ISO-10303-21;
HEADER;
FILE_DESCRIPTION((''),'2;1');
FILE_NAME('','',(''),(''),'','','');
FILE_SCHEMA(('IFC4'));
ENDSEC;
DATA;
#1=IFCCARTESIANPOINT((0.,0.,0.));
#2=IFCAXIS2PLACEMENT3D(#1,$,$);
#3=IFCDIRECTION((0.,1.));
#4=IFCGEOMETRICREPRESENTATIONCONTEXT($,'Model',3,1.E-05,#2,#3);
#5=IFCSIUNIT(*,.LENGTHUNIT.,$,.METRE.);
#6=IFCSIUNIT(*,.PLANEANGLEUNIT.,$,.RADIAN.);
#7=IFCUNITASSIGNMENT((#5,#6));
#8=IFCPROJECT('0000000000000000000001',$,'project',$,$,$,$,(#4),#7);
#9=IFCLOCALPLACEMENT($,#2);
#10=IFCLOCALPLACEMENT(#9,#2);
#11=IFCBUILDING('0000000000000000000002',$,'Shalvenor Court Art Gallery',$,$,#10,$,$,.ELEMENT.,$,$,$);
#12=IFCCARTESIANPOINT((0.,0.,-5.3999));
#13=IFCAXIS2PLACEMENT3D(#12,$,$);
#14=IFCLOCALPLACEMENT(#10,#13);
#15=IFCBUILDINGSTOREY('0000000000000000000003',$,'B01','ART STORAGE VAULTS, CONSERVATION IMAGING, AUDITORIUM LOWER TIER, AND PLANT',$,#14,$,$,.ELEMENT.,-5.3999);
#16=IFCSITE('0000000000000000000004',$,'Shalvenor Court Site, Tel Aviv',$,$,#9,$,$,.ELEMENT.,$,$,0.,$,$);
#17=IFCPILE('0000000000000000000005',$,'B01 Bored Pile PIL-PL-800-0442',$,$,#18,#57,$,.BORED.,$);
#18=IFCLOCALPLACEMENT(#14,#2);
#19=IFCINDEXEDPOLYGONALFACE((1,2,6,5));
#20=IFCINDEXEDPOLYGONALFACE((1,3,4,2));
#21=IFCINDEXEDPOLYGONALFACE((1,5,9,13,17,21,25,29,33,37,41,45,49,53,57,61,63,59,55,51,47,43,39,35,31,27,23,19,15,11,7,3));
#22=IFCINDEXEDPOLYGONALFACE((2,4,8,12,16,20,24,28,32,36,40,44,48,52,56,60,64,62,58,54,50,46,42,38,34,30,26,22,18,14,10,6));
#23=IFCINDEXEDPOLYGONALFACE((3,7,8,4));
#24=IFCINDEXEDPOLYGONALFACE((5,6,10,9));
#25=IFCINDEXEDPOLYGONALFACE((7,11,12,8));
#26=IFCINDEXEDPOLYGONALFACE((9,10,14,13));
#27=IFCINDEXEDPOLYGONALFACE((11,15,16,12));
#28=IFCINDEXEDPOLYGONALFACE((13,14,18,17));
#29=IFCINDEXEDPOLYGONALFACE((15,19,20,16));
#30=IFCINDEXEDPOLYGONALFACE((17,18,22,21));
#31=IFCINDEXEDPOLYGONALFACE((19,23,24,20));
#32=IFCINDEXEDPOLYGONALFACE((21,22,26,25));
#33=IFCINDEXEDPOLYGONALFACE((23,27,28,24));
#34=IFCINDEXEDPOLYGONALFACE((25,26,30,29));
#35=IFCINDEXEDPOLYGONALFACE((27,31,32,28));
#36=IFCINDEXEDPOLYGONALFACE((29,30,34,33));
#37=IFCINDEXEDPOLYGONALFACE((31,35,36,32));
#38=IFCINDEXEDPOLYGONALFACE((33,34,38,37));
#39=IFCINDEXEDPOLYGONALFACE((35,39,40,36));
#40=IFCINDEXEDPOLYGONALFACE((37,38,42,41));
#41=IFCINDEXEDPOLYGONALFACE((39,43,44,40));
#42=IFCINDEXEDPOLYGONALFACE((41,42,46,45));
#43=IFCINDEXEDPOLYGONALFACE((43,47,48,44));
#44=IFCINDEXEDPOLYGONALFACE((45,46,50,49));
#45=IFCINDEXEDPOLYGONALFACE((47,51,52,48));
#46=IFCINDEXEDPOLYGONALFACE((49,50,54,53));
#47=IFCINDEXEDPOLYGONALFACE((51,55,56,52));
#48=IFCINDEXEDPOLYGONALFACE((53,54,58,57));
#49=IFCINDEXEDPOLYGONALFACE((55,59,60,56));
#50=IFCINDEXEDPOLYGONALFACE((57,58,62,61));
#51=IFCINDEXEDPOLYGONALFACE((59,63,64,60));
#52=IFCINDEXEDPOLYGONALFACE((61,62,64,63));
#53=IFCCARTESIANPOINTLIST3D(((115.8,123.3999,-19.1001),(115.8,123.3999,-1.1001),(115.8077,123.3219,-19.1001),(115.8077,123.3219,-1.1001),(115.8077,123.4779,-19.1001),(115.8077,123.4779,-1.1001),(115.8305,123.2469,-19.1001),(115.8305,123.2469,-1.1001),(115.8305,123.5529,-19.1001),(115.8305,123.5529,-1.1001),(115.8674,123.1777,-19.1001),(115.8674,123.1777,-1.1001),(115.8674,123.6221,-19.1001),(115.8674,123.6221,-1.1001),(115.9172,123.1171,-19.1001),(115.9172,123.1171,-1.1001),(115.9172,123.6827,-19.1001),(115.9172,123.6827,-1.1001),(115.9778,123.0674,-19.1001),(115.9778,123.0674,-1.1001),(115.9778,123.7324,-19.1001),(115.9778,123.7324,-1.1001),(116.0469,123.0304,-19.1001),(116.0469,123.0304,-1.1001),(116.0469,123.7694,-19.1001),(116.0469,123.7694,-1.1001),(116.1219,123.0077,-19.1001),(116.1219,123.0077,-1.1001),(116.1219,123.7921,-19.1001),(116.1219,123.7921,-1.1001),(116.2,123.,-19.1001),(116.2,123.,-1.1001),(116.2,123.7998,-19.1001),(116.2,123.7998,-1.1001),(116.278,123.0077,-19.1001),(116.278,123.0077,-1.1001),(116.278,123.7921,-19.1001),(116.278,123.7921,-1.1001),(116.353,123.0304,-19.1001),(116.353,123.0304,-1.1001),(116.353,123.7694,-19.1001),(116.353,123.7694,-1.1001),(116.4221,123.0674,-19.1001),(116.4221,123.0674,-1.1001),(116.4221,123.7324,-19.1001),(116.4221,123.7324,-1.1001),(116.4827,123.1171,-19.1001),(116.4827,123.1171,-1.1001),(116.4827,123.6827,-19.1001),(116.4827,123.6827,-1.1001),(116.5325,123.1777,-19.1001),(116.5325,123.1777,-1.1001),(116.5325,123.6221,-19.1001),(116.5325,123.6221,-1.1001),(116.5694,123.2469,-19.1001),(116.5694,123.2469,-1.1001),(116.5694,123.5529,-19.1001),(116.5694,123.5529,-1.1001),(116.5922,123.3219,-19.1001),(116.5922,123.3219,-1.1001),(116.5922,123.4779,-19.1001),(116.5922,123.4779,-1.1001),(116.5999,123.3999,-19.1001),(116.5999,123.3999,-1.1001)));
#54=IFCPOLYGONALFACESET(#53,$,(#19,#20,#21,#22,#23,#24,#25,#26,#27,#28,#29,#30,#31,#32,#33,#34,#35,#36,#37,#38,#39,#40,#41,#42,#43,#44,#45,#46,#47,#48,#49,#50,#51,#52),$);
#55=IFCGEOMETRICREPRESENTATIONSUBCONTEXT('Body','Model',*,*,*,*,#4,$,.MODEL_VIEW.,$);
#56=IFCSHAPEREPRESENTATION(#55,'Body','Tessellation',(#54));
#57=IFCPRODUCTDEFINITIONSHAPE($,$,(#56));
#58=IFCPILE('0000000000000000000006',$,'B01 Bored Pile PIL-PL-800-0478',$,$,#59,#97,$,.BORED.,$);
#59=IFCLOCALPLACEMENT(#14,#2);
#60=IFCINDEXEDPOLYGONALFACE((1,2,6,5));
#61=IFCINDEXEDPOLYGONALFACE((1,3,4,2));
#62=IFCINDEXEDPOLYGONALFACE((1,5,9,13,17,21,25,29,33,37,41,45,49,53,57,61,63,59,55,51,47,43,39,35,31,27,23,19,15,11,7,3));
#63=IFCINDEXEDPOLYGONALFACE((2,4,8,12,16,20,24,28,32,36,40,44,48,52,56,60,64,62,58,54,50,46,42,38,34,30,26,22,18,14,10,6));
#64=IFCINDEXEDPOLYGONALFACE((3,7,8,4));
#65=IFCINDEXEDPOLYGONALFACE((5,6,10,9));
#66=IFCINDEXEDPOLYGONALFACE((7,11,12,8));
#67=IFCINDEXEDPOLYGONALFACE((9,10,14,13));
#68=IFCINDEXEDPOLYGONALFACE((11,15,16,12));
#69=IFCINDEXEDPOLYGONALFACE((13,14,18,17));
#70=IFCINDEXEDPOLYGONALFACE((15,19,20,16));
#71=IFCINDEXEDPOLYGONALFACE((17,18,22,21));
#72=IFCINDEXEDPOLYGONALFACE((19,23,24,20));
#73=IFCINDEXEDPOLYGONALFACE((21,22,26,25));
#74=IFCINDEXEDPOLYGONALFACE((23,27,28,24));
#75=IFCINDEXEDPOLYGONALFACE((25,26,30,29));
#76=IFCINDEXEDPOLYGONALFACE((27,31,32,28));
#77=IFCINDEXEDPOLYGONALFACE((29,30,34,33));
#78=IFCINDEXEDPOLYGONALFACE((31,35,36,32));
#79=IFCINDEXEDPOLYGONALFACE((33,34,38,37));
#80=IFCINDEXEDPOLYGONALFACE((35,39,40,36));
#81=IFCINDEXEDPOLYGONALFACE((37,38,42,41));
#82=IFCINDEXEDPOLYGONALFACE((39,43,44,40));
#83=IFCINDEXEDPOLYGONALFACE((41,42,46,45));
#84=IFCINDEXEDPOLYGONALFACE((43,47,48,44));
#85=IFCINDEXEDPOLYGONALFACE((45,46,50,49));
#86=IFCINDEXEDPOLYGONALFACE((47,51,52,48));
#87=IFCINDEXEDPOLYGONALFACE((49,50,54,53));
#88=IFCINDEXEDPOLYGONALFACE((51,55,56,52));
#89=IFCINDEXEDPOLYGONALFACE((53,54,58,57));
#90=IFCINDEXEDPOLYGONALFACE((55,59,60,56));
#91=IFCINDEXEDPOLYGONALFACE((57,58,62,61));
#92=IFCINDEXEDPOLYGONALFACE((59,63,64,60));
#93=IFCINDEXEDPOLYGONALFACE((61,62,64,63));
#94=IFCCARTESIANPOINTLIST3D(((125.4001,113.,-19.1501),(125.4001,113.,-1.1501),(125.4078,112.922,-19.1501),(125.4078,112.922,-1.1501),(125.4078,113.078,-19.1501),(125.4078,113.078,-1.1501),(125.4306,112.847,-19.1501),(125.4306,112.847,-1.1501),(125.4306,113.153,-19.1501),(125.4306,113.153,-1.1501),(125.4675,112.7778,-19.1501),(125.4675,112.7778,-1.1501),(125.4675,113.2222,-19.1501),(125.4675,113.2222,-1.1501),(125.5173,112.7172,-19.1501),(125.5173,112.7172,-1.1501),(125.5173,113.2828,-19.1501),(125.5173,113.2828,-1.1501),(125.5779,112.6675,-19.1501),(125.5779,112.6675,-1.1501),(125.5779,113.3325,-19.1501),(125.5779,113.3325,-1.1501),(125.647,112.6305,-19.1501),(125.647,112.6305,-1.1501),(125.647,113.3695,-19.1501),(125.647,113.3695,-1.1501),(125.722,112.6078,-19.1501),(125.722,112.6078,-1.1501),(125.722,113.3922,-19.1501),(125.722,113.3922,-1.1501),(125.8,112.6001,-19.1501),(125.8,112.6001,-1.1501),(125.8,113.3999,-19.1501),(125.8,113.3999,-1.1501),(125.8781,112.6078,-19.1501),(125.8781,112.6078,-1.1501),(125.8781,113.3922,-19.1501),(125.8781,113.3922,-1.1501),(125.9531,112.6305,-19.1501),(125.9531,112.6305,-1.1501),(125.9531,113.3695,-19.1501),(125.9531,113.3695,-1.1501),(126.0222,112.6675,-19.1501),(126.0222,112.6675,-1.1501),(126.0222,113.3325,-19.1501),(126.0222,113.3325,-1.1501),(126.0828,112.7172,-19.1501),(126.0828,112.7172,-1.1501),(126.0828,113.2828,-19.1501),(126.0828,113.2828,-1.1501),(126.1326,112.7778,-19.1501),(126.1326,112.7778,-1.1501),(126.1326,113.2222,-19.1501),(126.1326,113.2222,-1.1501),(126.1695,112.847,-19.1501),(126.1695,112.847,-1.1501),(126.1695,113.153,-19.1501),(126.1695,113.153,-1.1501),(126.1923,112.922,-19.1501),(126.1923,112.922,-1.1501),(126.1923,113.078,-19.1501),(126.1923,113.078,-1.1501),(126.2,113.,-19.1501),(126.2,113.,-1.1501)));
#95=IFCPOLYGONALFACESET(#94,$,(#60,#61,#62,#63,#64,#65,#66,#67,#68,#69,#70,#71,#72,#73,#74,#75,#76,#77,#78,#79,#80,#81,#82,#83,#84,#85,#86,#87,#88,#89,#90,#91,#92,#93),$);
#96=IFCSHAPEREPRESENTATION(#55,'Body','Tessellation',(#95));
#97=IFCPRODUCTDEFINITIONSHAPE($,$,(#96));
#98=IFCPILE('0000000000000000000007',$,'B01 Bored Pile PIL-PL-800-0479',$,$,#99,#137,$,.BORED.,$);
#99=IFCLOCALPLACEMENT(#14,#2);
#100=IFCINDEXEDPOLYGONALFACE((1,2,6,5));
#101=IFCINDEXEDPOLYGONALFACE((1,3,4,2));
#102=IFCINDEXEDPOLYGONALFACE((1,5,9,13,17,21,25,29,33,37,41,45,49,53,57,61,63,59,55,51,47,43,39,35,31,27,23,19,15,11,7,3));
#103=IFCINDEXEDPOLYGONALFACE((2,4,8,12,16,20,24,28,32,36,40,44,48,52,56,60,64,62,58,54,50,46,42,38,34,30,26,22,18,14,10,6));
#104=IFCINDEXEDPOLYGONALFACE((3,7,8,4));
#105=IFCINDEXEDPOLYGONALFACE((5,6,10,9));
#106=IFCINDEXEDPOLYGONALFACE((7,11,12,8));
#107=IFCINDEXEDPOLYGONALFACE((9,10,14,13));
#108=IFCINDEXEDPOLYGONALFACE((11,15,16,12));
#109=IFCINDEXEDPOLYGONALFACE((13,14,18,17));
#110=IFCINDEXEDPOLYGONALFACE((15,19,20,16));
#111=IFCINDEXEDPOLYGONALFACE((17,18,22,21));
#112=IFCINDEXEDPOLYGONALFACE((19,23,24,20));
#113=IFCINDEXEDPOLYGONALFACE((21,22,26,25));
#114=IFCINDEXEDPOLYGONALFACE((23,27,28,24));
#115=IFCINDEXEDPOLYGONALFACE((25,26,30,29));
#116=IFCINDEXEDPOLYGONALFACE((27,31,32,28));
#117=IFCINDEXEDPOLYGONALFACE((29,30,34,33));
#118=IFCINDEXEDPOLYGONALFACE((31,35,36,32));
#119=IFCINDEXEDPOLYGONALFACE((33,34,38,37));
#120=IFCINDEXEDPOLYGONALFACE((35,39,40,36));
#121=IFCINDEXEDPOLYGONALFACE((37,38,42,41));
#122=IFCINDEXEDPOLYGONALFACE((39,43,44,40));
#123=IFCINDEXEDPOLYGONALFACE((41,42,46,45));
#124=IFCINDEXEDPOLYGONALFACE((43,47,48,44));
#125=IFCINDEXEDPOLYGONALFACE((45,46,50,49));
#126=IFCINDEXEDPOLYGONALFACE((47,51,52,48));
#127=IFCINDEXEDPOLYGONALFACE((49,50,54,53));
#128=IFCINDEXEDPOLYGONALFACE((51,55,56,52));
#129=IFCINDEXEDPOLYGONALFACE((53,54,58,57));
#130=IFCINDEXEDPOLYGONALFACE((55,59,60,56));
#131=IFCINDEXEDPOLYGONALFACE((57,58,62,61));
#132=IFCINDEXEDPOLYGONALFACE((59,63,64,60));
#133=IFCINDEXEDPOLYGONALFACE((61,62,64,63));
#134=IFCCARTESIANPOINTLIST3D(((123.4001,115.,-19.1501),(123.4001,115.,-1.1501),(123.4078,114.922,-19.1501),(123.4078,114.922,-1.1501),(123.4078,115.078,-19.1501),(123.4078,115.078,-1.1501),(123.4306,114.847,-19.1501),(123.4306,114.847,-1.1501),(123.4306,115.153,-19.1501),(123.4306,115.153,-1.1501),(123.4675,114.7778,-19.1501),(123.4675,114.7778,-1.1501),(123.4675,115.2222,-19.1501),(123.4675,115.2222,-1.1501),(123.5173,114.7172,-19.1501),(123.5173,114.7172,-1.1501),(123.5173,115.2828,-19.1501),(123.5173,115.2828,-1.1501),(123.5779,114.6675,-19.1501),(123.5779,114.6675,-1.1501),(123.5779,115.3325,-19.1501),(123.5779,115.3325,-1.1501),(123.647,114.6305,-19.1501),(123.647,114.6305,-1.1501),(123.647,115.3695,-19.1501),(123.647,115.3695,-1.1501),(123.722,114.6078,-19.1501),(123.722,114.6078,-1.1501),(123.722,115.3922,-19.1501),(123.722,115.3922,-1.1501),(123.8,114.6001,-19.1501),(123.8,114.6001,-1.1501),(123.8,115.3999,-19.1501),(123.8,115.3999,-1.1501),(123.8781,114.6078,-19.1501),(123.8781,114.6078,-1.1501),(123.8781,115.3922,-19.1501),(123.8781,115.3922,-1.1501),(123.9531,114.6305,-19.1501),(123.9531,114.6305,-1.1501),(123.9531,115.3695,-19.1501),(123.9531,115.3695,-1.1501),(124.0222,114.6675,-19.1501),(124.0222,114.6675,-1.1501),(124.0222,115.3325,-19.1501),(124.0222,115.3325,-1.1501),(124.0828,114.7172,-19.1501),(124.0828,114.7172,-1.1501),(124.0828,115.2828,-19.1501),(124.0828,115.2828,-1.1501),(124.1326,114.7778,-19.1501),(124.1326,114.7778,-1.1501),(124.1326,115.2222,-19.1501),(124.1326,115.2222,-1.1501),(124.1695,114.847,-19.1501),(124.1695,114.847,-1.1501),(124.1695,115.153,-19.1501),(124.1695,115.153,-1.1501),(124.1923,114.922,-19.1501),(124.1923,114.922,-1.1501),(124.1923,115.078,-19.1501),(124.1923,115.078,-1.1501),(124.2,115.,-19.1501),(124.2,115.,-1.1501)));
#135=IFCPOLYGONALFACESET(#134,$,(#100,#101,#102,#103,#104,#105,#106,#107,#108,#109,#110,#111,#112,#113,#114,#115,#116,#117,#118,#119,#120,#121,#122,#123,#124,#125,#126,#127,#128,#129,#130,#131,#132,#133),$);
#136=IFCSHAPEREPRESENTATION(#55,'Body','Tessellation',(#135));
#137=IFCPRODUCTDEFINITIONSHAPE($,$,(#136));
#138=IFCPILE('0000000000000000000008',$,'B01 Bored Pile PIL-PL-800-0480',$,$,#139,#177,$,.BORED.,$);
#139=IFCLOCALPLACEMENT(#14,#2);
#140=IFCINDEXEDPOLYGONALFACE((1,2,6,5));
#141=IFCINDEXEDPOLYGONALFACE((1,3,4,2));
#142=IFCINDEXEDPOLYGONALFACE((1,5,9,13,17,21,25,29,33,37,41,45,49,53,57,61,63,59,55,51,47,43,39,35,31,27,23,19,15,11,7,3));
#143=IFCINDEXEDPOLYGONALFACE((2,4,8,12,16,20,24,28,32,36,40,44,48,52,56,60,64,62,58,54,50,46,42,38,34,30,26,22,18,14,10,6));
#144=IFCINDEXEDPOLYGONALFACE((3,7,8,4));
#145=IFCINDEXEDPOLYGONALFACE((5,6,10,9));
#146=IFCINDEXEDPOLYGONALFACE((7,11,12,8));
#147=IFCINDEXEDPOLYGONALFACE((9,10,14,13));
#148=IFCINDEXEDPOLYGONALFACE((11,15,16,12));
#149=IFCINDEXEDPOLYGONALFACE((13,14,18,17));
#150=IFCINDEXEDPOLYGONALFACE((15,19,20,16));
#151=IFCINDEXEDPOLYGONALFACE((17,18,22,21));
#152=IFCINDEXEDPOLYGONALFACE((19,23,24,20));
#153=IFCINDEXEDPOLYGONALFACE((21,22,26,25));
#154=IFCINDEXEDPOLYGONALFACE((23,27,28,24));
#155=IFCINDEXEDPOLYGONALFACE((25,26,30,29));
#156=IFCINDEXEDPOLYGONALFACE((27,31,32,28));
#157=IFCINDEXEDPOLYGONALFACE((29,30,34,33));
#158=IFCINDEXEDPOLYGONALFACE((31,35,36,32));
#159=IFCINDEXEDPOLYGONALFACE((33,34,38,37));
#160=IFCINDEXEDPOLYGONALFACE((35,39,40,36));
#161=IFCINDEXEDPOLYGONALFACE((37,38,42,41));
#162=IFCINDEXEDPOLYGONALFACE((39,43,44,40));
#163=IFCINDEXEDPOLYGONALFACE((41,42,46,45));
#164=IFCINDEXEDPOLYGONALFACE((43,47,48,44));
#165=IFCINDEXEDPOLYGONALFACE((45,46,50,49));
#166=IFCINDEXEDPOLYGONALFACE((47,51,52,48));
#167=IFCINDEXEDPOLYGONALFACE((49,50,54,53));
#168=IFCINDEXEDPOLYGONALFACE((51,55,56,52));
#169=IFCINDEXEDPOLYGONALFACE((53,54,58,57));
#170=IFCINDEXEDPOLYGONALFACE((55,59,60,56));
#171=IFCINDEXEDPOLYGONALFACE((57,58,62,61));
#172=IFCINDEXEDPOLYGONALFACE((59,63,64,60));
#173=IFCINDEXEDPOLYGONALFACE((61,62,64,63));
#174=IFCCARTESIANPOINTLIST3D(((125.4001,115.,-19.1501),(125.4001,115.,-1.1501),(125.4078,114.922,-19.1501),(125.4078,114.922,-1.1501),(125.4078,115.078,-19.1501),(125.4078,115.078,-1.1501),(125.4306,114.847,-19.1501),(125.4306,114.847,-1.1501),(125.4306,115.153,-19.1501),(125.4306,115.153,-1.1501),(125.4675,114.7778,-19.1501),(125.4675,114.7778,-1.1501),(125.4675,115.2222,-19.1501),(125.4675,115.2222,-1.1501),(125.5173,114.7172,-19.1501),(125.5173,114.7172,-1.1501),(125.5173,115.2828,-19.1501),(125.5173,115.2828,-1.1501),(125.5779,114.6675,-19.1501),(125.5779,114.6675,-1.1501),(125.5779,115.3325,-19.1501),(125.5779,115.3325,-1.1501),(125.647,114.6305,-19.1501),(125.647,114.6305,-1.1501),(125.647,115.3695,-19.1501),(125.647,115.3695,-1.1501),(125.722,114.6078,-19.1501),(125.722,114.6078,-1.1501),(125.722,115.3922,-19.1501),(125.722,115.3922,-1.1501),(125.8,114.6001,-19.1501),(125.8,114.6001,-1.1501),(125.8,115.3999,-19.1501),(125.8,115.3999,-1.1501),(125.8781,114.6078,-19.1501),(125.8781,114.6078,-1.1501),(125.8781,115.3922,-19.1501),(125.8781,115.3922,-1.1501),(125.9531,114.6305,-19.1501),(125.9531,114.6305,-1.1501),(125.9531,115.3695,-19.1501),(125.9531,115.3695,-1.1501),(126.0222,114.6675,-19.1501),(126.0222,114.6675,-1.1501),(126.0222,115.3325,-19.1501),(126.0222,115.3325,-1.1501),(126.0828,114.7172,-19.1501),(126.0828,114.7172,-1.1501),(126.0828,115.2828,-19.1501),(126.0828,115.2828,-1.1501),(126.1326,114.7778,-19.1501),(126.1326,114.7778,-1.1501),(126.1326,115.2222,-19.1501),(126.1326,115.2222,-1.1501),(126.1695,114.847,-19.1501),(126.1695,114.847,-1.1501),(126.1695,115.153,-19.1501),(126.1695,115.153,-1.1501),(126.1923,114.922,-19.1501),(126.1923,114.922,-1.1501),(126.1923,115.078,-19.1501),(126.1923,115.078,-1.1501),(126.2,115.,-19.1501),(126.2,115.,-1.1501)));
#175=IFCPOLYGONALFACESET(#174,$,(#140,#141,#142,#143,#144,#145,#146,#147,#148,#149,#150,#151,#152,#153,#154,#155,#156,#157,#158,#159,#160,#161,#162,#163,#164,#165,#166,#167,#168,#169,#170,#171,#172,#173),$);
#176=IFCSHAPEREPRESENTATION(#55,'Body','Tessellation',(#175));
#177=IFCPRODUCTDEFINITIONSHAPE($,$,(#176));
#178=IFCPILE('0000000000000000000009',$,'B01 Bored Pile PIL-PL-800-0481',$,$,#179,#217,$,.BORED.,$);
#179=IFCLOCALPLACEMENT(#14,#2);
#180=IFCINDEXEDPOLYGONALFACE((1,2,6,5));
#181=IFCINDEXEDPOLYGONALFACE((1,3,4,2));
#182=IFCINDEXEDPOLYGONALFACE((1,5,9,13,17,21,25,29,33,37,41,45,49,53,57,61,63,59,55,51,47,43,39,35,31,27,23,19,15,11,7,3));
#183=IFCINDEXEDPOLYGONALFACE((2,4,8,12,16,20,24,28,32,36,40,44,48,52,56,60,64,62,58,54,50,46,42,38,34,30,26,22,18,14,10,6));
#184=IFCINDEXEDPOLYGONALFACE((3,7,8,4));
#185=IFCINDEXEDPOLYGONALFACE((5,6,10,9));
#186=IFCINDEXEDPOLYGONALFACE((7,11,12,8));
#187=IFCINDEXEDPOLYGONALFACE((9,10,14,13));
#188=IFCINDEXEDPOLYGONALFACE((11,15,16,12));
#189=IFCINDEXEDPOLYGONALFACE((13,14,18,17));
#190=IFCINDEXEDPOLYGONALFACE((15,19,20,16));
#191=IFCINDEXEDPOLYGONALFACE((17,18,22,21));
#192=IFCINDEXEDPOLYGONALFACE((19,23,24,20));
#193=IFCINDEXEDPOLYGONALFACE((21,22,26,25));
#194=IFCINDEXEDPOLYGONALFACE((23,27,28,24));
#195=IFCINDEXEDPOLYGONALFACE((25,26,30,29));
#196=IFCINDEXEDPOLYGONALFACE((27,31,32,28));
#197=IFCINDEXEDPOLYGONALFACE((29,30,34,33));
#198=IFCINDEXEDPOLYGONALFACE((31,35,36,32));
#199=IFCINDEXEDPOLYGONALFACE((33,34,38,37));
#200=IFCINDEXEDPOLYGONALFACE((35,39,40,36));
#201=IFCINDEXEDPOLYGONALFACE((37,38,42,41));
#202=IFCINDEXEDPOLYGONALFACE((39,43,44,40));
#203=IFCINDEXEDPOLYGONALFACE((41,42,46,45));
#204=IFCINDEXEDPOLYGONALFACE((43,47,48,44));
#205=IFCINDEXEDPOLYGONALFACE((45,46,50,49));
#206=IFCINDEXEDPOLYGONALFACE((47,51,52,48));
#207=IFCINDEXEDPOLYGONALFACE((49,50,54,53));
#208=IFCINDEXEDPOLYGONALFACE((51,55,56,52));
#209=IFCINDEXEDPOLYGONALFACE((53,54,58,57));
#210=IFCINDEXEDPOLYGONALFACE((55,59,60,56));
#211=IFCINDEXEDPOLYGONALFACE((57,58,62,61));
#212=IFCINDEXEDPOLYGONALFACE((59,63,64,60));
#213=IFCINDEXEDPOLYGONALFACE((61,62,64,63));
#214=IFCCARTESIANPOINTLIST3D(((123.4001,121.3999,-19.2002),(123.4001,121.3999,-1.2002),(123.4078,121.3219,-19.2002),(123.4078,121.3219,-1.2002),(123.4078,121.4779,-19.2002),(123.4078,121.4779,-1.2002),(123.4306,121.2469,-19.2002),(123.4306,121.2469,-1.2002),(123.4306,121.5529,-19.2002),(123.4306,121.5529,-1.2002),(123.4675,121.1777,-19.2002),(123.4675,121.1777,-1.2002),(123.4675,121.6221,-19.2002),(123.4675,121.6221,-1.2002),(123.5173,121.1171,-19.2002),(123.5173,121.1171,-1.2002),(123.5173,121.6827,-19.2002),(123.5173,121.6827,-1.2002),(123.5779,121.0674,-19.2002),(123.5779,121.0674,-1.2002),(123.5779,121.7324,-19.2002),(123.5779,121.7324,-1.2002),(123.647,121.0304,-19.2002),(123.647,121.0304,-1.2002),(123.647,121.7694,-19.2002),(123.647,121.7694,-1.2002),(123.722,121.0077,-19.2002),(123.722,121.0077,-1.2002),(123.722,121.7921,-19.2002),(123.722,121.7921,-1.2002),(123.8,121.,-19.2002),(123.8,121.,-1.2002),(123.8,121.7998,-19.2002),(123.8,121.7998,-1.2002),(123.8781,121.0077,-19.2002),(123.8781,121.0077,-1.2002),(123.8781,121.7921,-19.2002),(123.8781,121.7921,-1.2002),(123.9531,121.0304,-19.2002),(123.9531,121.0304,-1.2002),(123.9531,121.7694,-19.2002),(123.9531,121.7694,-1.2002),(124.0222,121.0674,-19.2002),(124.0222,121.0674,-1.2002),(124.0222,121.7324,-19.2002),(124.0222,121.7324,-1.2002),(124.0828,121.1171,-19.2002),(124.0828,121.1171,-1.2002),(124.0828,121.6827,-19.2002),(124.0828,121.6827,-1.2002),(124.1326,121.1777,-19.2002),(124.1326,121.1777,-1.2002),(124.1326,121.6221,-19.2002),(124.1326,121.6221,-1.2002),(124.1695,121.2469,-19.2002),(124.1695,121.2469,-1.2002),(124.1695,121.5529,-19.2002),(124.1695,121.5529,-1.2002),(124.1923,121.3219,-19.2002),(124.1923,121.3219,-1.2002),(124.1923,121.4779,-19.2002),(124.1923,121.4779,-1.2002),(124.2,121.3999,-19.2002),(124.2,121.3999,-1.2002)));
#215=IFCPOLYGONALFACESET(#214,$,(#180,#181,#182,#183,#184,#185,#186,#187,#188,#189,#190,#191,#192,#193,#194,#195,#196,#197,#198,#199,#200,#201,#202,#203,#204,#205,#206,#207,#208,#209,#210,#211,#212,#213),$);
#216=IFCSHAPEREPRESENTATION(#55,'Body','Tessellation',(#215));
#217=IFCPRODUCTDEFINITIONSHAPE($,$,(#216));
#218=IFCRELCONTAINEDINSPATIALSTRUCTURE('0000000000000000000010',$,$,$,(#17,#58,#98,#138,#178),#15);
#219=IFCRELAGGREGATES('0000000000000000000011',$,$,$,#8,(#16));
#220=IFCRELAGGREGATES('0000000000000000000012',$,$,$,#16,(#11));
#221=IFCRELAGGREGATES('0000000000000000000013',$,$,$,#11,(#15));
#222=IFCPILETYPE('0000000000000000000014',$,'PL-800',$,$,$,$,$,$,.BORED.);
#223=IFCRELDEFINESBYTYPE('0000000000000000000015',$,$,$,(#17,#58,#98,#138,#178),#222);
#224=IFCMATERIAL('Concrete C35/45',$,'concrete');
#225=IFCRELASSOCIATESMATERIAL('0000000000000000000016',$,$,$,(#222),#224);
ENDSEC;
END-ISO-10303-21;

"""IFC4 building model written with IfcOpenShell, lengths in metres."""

from ifc_helpers import new_model, si_unit, direction, frame, origin, origin_2d, place, context, subcontext, project, spatial, circle, extrude, material, material_profile, profile_set, type_object, element, save


model = new_model("IFC4")

# Units and contexts
model_context = context("Model", 3, precision=1e-05, world=origin(), true_north=direction((0.0, 1.0)))
body_context = subcontext(model_context, "Body", "Model", "MODEL_VIEW")
ifc_project = project(units=[si_unit("LENGTHUNIT", "METRE"), si_unit("PLANEANGLEUNIT", "RADIAN")], contexts=[model_context])

# Site, building, storey
site_placement = place(None, origin())
site = spatial("IfcSite", under=ifc_project, at=site_placement, Name="Shalvenor Court Site, Tel Aviv", CompositionType="ELEMENT", RefElevation=0.0)
building_placement = place(site_placement, origin())
building = spatial("IfcBuilding", under=site, at=building_placement, Name="Shalvenor Court Art Gallery", CompositionType="ELEMENT")
storey_placement = place(building_placement, frame((0.0, 0.0, -5.3999)))
storey = spatial("IfcBuildingStorey", under=building, at=storey_placement, Name="B01", Description="ART STORAGE VAULTS, CONSERVATION IMAGING, AUDITORIUM LOWER TIER, AND PLANT", CompositionType="ELEMENT", Elevation=-5.3999)

# Piles
ifc_material_1 = material(Name="Concrete C35/45", Category="concrete")
ifc_material_profile_1 = material_profile(ifc_material_1, circle(Radius=0.3999, at=origin_2d()), Name="PILE 800")
ifc_profile_set_1 = profile_set([ifc_material_profile_1], Name="Concrete C35/45")
pile_type_1 = type_object("IfcPileType", Name="PL-800", PredefinedType="BORED", material=ifc_profile_set_1)
for number, where, z_axis, x_axis, name in (
    (1, (116.2, 123.3999, -1.1001), (0.0, 0.0, -1.0), (1.0, 0.0, 0.0), "B01 Bored Pile PIL-PL-800-0442"),
    (2, (125.8, 113.0, -1.1501), (0.0, 0.0, -1.0), (1.0, 0.0, 0.0), "B01 Bored Pile PIL-PL-800-0478"),
    (3, (123.8, 115.0, -1.1501), (0.0, 0.0, -1.0), (1.0, 0.0, 0.0), "B01 Bored Pile PIL-PL-800-0479"),
    (4, (125.8, 115.0, -1.1501), (0.0, 0.0, -1.0), (1.0, 0.0, 0.0), "B01 Bored Pile PIL-PL-800-0480"),
    (5, (123.8, 121.3999, -1.2002), (0.0, 0.0, -1.0), (1.0, 0.0, 0.0), "B01 Bored Pile PIL-PL-800-0481"),
):
    element("IfcPile", number, at=place(storey_placement, frame(where, z_axis=z_axis, x_axis=x_axis)), inside=storey, type_object=pile_type_1, Name=name, PredefinedType="BORED", context=body_context, shape_type="SweptSolid", body=[
        extrude(circle(Radius=0.3999, at=origin_2d()), origin(), (0.0, 0.0, 1.0), 18.0),
    ])

save(model, "model.ifc")
